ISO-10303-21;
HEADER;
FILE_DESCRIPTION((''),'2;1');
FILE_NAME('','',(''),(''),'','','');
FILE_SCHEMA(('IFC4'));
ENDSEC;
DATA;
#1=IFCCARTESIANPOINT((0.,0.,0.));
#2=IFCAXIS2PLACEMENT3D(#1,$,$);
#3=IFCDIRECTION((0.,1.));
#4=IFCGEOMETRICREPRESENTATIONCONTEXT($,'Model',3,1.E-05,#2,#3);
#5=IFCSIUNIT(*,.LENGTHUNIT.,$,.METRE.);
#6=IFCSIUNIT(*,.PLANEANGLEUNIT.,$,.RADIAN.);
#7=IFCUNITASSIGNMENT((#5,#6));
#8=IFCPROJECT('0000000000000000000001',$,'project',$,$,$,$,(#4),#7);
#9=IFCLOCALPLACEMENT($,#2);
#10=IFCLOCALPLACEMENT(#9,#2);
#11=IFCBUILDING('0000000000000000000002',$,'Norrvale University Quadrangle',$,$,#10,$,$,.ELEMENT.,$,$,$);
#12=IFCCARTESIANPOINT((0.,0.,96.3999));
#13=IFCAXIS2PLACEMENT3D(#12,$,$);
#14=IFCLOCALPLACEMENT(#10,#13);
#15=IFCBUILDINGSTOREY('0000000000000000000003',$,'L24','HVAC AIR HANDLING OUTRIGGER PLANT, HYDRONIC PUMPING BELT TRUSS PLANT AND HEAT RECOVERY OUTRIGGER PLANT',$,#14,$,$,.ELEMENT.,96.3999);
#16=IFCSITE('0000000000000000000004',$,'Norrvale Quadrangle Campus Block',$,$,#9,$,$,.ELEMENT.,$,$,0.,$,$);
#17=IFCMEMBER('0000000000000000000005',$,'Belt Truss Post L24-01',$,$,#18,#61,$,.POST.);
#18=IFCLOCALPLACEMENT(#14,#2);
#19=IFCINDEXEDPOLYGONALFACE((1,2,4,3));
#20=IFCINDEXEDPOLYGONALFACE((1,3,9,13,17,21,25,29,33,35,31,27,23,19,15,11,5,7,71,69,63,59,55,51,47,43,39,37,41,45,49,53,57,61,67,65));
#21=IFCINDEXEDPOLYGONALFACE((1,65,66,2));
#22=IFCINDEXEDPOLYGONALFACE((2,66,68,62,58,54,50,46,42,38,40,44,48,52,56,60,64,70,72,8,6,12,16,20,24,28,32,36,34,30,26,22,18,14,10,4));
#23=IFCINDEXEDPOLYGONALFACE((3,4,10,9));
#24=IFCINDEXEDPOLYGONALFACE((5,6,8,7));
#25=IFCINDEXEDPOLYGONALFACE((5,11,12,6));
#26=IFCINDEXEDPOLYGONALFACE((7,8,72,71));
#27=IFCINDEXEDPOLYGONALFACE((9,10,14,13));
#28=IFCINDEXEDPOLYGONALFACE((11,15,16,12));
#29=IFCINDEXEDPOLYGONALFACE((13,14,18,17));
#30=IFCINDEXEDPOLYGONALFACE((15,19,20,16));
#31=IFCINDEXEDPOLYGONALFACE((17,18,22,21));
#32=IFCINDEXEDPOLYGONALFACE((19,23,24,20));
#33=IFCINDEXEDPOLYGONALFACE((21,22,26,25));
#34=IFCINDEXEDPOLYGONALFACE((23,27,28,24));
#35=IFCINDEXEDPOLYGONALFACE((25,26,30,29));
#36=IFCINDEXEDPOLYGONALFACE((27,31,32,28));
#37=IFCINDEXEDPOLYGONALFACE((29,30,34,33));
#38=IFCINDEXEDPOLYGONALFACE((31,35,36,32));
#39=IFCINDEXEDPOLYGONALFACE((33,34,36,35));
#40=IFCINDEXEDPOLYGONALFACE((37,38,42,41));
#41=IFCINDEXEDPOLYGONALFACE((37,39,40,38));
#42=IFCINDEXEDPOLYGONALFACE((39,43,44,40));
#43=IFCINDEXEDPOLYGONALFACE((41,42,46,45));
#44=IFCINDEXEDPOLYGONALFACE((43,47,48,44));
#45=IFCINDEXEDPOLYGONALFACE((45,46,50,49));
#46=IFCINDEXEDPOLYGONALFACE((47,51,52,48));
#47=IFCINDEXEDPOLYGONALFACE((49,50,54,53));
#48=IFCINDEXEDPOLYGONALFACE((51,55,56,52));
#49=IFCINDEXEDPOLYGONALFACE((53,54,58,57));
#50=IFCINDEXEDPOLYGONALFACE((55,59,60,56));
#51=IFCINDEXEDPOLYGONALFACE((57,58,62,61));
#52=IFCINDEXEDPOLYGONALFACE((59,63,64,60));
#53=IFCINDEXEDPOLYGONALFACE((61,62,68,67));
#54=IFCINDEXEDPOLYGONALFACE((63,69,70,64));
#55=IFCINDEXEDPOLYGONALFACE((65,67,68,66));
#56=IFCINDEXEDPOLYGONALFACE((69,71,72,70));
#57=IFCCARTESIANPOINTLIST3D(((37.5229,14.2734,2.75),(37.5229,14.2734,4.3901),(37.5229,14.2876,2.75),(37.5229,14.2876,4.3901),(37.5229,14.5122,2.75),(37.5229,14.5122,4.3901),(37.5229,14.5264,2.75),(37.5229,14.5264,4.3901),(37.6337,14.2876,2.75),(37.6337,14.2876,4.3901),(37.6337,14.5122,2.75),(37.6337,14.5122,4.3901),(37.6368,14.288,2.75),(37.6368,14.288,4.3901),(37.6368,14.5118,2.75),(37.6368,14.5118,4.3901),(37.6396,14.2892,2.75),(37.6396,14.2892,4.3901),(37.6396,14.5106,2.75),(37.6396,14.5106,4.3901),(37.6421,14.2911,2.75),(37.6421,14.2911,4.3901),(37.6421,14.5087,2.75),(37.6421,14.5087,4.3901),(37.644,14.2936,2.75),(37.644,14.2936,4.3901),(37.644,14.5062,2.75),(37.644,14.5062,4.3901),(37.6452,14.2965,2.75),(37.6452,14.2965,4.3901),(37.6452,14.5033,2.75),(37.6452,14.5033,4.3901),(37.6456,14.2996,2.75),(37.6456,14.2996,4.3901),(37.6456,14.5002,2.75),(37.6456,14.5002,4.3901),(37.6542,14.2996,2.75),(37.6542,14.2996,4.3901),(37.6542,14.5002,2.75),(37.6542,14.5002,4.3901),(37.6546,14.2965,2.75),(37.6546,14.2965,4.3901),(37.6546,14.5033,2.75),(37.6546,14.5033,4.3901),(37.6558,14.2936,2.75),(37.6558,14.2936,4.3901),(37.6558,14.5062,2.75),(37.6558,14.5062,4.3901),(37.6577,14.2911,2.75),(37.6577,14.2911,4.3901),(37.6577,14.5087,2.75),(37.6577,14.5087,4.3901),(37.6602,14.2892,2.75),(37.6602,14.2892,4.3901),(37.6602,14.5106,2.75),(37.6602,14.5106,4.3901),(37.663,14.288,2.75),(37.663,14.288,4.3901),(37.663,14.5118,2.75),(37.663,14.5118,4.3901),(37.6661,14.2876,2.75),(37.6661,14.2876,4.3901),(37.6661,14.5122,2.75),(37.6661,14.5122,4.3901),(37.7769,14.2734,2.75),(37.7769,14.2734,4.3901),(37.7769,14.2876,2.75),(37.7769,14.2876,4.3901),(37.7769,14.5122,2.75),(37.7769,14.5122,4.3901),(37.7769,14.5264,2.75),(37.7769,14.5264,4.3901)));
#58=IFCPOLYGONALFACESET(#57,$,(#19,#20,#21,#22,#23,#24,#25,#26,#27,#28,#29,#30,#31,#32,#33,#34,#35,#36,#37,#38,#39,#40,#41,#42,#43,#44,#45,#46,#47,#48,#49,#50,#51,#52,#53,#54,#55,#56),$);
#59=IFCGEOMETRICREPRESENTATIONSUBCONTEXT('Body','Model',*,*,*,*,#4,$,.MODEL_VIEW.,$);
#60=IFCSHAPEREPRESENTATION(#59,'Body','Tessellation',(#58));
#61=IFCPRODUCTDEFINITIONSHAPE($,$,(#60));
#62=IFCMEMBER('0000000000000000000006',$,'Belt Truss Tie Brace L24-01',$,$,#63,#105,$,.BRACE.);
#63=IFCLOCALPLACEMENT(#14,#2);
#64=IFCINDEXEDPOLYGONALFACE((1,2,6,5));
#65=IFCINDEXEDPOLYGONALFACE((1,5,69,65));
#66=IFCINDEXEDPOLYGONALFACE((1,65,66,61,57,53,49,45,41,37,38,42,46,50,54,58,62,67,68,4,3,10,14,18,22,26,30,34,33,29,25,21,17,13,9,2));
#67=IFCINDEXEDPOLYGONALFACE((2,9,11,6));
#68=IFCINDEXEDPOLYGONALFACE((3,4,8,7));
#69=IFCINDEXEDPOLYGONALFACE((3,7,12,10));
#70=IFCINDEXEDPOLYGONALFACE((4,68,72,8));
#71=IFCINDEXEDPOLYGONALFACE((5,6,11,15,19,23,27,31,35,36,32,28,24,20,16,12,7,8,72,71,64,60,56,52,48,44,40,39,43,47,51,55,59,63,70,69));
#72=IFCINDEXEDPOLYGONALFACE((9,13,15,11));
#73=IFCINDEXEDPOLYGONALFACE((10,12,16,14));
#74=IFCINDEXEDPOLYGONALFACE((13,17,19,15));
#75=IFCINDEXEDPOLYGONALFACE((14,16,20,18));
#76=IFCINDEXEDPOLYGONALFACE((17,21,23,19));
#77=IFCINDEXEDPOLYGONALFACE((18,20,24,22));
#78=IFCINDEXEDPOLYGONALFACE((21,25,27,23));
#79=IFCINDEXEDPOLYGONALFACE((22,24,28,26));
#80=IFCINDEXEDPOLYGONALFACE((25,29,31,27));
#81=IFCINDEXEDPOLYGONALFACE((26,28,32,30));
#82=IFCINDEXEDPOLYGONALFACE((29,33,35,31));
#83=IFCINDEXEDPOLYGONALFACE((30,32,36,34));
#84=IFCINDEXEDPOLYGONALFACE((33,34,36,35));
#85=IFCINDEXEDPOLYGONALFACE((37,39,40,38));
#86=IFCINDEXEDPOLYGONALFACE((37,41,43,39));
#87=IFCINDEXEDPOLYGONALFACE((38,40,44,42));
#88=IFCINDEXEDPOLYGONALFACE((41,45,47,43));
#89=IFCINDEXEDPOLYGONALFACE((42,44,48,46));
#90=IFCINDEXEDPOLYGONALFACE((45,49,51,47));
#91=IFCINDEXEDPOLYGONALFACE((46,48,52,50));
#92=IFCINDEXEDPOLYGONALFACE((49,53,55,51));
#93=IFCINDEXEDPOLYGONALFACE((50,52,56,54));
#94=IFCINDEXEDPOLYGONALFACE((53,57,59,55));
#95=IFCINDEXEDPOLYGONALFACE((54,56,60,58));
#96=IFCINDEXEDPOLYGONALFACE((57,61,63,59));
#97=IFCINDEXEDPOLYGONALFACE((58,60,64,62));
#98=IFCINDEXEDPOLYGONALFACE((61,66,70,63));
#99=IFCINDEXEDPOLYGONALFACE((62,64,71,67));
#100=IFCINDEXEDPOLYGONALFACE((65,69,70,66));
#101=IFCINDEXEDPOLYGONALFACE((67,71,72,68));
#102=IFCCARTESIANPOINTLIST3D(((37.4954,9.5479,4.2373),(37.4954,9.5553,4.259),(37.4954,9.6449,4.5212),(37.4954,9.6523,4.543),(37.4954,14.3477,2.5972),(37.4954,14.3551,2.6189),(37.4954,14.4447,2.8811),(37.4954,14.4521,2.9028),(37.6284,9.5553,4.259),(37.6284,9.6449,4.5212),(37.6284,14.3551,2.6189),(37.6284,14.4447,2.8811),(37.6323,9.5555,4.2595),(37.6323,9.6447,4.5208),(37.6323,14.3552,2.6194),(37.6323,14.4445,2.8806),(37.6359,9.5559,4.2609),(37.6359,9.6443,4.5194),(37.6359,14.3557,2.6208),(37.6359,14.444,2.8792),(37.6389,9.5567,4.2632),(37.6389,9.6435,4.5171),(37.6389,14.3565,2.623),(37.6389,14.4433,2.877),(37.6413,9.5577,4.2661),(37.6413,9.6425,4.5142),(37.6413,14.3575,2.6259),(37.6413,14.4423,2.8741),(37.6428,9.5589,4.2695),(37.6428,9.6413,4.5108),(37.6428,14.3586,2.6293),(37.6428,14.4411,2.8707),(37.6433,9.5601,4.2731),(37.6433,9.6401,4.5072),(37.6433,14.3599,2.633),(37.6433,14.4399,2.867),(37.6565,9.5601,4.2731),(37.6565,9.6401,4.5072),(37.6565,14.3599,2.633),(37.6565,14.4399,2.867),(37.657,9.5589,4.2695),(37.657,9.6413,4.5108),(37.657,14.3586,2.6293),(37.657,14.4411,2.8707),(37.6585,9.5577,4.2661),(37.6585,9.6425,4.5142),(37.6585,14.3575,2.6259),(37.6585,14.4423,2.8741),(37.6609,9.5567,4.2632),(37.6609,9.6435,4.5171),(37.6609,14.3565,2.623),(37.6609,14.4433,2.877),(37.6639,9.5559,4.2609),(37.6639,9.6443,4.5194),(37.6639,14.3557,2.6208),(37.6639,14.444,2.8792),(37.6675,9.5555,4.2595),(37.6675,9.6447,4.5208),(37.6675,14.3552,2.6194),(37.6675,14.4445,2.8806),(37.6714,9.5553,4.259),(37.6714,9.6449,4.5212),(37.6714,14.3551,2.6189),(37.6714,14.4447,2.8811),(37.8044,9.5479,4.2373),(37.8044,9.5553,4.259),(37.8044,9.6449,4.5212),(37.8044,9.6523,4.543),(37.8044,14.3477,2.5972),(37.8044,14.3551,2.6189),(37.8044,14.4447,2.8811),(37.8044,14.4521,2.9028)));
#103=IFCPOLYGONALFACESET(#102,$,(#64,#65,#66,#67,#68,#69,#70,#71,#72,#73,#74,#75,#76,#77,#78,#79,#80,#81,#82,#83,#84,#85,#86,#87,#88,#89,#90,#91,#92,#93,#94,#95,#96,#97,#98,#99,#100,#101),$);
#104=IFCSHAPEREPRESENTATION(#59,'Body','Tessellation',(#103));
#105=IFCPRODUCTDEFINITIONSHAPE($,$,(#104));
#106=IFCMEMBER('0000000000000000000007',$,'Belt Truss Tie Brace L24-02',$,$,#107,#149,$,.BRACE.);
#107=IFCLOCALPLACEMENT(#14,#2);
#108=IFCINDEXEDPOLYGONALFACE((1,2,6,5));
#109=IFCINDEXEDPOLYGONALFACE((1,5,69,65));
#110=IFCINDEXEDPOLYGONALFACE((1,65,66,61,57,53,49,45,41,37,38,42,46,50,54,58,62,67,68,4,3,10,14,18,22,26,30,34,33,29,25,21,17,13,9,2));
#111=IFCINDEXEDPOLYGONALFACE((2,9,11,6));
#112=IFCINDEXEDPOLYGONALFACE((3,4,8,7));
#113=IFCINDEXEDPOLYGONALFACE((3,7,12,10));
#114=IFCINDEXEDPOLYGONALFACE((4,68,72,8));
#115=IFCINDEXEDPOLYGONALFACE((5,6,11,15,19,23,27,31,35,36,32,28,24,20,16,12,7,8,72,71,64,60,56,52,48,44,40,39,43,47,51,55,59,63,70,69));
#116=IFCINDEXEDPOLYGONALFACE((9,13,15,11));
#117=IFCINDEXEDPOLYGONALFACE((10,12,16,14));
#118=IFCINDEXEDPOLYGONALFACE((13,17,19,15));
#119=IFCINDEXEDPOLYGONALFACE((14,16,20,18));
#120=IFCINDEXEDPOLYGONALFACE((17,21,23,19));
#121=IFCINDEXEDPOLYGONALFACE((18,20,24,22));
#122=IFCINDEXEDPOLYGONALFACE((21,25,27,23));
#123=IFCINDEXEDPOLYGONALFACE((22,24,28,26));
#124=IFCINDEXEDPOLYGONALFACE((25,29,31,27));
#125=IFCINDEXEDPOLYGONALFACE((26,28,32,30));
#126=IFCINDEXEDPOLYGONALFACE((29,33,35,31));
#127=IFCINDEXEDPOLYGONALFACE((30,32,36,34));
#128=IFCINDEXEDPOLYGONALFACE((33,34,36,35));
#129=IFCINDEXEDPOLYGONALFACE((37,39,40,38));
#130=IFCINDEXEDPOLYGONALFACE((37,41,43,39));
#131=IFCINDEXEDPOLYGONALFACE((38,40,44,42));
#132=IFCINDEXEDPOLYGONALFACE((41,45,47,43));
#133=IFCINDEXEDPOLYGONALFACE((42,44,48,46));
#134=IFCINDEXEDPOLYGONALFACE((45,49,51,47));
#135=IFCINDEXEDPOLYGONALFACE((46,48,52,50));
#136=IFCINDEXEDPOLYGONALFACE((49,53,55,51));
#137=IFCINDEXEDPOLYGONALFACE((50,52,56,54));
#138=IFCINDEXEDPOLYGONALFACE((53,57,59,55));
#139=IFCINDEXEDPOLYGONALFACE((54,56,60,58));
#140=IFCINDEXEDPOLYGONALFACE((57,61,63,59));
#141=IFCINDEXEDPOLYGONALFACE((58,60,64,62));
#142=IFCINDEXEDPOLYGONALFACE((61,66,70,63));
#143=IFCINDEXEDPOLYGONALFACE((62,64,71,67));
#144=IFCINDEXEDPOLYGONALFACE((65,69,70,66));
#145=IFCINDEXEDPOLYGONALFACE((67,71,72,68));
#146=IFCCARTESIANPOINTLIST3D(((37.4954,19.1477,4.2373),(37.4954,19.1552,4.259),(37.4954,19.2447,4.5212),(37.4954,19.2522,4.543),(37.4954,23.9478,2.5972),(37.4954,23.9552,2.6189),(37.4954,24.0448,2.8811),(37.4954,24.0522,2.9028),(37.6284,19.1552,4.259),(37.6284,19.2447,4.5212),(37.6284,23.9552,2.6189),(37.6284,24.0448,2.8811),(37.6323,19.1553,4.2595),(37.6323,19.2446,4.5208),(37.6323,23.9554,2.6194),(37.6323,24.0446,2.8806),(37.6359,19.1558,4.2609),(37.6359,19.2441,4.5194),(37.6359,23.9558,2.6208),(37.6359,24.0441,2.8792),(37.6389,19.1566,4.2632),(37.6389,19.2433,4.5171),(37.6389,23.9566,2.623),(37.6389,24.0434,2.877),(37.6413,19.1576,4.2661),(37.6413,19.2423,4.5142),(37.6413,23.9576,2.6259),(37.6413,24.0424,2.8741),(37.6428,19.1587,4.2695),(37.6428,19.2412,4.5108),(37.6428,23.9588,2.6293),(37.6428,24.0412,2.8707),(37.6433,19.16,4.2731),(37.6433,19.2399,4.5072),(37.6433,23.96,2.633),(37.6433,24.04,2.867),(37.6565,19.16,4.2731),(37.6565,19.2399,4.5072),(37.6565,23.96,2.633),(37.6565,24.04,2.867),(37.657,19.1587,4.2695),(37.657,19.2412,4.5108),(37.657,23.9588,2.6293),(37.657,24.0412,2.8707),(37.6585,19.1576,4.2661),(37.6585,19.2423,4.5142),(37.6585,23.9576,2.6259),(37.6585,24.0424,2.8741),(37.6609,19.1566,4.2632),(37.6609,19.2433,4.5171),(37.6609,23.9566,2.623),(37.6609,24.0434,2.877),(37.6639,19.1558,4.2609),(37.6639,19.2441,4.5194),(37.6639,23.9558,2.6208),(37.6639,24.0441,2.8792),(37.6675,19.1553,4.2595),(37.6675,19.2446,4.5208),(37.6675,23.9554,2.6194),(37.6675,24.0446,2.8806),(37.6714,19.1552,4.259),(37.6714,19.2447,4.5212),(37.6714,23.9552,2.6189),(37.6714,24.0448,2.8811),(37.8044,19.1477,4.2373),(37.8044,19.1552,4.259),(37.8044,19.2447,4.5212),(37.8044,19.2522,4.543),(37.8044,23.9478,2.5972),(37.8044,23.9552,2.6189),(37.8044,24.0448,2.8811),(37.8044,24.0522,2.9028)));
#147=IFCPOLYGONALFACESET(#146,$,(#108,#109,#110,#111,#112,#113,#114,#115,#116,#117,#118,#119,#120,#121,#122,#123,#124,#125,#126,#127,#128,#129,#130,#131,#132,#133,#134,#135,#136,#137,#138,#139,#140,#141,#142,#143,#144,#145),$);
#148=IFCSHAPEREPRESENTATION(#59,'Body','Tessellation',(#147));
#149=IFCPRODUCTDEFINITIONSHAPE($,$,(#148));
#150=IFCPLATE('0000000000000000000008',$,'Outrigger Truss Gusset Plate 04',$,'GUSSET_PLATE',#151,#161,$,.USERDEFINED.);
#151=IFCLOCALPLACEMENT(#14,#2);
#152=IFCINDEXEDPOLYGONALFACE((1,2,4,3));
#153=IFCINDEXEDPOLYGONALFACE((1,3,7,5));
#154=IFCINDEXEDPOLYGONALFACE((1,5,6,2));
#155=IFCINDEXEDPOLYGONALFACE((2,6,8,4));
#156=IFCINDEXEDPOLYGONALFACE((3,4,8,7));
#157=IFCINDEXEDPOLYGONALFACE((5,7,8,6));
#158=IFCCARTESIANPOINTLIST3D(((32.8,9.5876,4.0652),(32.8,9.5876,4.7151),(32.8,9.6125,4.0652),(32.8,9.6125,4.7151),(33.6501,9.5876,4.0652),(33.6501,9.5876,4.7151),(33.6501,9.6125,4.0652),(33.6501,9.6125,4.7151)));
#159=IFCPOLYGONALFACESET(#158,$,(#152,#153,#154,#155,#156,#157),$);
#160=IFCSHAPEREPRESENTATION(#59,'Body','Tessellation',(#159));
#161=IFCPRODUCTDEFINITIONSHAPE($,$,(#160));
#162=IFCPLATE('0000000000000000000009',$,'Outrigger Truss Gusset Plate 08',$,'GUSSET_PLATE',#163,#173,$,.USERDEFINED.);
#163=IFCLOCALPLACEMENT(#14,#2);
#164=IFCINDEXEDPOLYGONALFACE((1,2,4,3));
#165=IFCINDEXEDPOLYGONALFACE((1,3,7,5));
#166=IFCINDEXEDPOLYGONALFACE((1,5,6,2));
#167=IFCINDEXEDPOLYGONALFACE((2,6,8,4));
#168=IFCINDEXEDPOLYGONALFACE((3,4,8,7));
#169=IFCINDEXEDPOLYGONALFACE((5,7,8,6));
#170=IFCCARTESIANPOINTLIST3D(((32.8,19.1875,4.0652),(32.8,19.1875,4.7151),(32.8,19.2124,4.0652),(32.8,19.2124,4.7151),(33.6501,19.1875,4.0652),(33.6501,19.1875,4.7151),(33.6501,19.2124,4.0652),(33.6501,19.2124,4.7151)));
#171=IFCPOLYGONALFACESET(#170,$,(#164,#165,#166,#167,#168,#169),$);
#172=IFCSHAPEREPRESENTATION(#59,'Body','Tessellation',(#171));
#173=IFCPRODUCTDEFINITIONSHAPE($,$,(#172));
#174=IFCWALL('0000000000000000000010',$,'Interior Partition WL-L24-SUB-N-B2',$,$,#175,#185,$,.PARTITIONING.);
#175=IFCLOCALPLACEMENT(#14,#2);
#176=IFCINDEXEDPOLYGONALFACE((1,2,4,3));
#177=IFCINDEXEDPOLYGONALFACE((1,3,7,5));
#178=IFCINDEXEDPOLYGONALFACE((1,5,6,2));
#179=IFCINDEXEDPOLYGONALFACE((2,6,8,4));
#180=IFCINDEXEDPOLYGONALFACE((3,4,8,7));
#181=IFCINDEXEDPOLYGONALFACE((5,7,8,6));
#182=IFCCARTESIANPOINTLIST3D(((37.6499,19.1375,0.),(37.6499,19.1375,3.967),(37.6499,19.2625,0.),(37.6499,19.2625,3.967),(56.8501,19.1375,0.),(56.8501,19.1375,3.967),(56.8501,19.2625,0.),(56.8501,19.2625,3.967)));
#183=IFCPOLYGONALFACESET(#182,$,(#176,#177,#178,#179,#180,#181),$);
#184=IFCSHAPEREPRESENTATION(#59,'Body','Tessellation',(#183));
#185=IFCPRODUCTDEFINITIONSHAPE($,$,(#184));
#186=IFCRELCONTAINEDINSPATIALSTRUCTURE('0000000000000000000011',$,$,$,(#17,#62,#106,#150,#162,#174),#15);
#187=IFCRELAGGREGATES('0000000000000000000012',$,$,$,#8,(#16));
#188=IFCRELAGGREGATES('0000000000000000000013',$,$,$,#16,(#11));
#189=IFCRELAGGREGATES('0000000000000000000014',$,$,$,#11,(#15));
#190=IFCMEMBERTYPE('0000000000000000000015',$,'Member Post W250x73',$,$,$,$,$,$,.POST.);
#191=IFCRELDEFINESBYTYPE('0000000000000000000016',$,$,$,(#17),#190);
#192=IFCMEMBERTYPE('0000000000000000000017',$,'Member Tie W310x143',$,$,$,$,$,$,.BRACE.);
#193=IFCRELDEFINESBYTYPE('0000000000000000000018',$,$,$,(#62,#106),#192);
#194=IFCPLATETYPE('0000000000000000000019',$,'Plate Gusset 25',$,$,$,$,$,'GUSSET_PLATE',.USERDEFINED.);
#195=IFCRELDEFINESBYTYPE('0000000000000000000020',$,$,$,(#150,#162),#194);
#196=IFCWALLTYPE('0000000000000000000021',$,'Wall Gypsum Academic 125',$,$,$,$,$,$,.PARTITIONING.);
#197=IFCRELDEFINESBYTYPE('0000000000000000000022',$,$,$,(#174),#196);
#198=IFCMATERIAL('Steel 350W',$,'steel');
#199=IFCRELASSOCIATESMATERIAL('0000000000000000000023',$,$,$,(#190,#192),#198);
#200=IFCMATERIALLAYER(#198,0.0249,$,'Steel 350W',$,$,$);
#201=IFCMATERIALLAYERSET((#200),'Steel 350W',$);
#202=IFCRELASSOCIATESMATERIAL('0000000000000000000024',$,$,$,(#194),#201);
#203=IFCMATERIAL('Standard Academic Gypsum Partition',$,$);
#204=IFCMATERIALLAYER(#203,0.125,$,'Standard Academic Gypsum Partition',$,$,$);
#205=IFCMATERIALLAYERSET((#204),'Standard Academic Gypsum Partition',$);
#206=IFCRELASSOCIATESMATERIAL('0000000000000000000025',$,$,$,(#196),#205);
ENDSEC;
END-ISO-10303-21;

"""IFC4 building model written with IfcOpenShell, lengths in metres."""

from ifc_helpers import new_model, si_unit, direction, frame, frame_2d, origin, origin_2d, place, context, subcontext, project, spatial, rectangle, i_section, extrude, material, layer, layer_set, material_profile, profile_set, type_object, element, save


model = new_model("IFC4")

# Units and contexts
model_context = context("Model", 3, precision=1e-05, world=origin(), true_north=direction((0.0, 1.0)))
body_context = subcontext(model_context, "Body", "Model", "MODEL_VIEW")
ifc_project = project(units=[si_unit("LENGTHUNIT", "METRE"), si_unit("PLANEANGLEUNIT", "RADIAN")], contexts=[model_context])

# Site, building, storey
site_placement = place(None, origin())
site = spatial("IfcSite", under=ifc_project, at=site_placement, Name="Norrvale Quadrangle Campus Block", CompositionType="ELEMENT", RefElevation=0.0)
building_placement = place(site_placement, origin())
building = spatial("IfcBuilding", under=site, at=building_placement, Name="Norrvale University Quadrangle", CompositionType="ELEMENT")
storey_placement = place(building_placement, frame((0.0, 0.0, 96.3999)))
storey = spatial("IfcBuildingStorey", under=building, at=storey_placement, Name="L24", Description="HVAC AIR HANDLING OUTRIGGER PLANT, HYDRONIC PUMPING BELT TRUSS PLANT AND HEAT RECOVERY OUTRIGGER PLANT", CompositionType="ELEMENT", Elevation=96.3999)

# Shared definitions
ifc_material_1 = material(Name="Steel 350W", Category="steel")

# Members
ifc_material_profile_1 = material_profile(ifc_material_1, i_section(OverallWidth=0.2539, OverallDepth=0.2529, WebThickness=0.0085, FlangeThickness=0.0142, FilletRadius=0.012, at=origin_2d()), Name="Steel 350W")
ifc_profile_set_1 = profile_set([ifc_material_profile_1], Name="Steel 350W")
member_type_1 = type_object("IfcMemberType", Name="Member Post W250x73", PredefinedType="POST", material=ifc_profile_set_1)
member_1_placement = place(storey_placement, frame((37.6499, 14.3999, 2.75), z_axis=(0.0, 0.0, 1.0), x_axis=(1.0, 0.0, 0.0)))
element("IfcMember", 1, at=member_1_placement, inside=storey, type_object=member_type_1, Name="Belt Truss Post L24-01", PredefinedType="POST", context=body_context, shape_type="SweptSolid", body=[
    extrude(i_section(OverallWidth=0.2539, OverallDepth=0.2529, WebThickness=0.0085, FlangeThickness=0.0142, FilletRadius=0.012, at=origin_2d()), origin(), (0.0, 0.0, 1.0), 1.6401),
])
ifc_material_profile_2 = material_profile(ifc_material_1, i_section(OverallWidth=0.3091, OverallDepth=0.323, WebThickness=0.0132, FlangeThickness=0.0229, FilletRadius=0.0149, at=origin_2d()), Name="Steel 350W")
ifc_profile_set_2 = profile_set([ifc_material_profile_2], Name="Steel 350W")
member_type_2 = type_object("IfcMemberType", Name="Member Tie W310x143", PredefinedType="BRACE", material=ifc_profile_set_2)
member_2_placement = place(storey_placement, frame((37.6499, 9.6001, 4.3901), z_axis=(0.0, 0.946279, -0.323352), x_axis=(-1.0, 0.0, 0.0)))
element("IfcMember", 2, at=member_2_placement, inside=storey, type_object=member_type_2, Name="Belt Truss Tie Brace L24-01", PredefinedType="BRACE", context=body_context, shape_type="SweptSolid", body=[
    extrude(i_section(OverallWidth=0.3091, OverallDepth=0.323, WebThickness=0.0132, FlangeThickness=0.0229, FilletRadius=0.0149, at=origin_2d()), origin(), (0.0, 0.0, 1.0), 5.0723),
])
member_3_placement = place(storey_placement, frame((37.6499, 19.2, 4.3901), z_axis=(0.0, 0.946284, -0.323337), x_axis=(-1.0, 0.0, 0.0)))
element("IfcMember", 3, at=member_3_placement, inside=storey, type_object=member_type_2, Name="Belt Truss Tie Brace L24-02", PredefinedType="BRACE", context=body_context, shape_type="SweptSolid", body=[
    extrude(i_section(OverallWidth=0.3091, OverallDepth=0.323, WebThickness=0.0132, FlangeThickness=0.0229, FilletRadius=0.0149, at=origin_2d()), origin(), (0.0, 0.0, 1.0), 5.0725),
])

# Plates
ifc_layer_1 = layer(ifc_material_1, 0.0249, Name="Steel 350W")
ifc_layer_set_1 = layer_set([ifc_layer_1], Name="Steel 350W")
plate_type = type_object("IfcPlateType", Name="Plate Gusset 25", ElementType="GUSSET_PLATE", PredefinedType="USERDEFINED", material=ifc_layer_set_1)
for number, where, z_axis, x_axis, name in (
    (4, (33.2251, 9.6001, 4.0652), (0.0, 0.0, 1.0), (1.0, 0.0, 0.0), "Outrigger Truss Gusset Plate 04"),
    (5, (33.2251, 19.2, 4.0652), (0.0, 0.0, 1.0), (1.0, 0.0, 0.0), "Outrigger Truss Gusset Plate 08"),
):
    element("IfcPlate", number, at=place(storey_placement, frame(where, z_axis=z_axis, x_axis=x_axis)), inside=storey, type_object=plate_type, Name=name, ObjectType="GUSSET_PLATE", PredefinedType="USERDEFINED", context=body_context, shape_type="SweptSolid", body=[
        extrude(rectangle(XDim=0.8501, YDim=0.0249, at=origin_2d()), origin(), (0.0, 0.0, 1.0), 0.6499),
    ])

# Wall
ifc_material_2 = material(Name="Standard Academic Gypsum Partition")
ifc_layer_2 = layer(ifc_material_2, 0.125, Name="Standard Academic Gypsum Partition")
ifc_layer_set_2 = layer_set([ifc_layer_2], Name="Standard Academic Gypsum Partition")
wall_type_1 = type_object("IfcWallType", Name="Wall Gypsum Academic 125", PredefinedType="PARTITIONING", material=ifc_layer_set_2)
wall_1_placement = place(storey_placement, frame((37.6499, 19.2, 0.0), z_axis=(0.0, 0.0, 1.0), x_axis=(1.0, 0.0, 0.0)))
element("IfcWall", 6, at=wall_1_placement, inside=storey, type_object=wall_type_1, Name="Interior Partition WL-L24-SUB-N-B2", PredefinedType="PARTITIONING", context=body_context, shape_type="SweptSolid", body=[
    extrude(rectangle(XDim=19.2002, YDim=0.125, at=frame_2d((9.6001, 0.0))), origin(), (0.0, 0.0, 1.0), 3.967),
])

save(model, "model.ifc")
